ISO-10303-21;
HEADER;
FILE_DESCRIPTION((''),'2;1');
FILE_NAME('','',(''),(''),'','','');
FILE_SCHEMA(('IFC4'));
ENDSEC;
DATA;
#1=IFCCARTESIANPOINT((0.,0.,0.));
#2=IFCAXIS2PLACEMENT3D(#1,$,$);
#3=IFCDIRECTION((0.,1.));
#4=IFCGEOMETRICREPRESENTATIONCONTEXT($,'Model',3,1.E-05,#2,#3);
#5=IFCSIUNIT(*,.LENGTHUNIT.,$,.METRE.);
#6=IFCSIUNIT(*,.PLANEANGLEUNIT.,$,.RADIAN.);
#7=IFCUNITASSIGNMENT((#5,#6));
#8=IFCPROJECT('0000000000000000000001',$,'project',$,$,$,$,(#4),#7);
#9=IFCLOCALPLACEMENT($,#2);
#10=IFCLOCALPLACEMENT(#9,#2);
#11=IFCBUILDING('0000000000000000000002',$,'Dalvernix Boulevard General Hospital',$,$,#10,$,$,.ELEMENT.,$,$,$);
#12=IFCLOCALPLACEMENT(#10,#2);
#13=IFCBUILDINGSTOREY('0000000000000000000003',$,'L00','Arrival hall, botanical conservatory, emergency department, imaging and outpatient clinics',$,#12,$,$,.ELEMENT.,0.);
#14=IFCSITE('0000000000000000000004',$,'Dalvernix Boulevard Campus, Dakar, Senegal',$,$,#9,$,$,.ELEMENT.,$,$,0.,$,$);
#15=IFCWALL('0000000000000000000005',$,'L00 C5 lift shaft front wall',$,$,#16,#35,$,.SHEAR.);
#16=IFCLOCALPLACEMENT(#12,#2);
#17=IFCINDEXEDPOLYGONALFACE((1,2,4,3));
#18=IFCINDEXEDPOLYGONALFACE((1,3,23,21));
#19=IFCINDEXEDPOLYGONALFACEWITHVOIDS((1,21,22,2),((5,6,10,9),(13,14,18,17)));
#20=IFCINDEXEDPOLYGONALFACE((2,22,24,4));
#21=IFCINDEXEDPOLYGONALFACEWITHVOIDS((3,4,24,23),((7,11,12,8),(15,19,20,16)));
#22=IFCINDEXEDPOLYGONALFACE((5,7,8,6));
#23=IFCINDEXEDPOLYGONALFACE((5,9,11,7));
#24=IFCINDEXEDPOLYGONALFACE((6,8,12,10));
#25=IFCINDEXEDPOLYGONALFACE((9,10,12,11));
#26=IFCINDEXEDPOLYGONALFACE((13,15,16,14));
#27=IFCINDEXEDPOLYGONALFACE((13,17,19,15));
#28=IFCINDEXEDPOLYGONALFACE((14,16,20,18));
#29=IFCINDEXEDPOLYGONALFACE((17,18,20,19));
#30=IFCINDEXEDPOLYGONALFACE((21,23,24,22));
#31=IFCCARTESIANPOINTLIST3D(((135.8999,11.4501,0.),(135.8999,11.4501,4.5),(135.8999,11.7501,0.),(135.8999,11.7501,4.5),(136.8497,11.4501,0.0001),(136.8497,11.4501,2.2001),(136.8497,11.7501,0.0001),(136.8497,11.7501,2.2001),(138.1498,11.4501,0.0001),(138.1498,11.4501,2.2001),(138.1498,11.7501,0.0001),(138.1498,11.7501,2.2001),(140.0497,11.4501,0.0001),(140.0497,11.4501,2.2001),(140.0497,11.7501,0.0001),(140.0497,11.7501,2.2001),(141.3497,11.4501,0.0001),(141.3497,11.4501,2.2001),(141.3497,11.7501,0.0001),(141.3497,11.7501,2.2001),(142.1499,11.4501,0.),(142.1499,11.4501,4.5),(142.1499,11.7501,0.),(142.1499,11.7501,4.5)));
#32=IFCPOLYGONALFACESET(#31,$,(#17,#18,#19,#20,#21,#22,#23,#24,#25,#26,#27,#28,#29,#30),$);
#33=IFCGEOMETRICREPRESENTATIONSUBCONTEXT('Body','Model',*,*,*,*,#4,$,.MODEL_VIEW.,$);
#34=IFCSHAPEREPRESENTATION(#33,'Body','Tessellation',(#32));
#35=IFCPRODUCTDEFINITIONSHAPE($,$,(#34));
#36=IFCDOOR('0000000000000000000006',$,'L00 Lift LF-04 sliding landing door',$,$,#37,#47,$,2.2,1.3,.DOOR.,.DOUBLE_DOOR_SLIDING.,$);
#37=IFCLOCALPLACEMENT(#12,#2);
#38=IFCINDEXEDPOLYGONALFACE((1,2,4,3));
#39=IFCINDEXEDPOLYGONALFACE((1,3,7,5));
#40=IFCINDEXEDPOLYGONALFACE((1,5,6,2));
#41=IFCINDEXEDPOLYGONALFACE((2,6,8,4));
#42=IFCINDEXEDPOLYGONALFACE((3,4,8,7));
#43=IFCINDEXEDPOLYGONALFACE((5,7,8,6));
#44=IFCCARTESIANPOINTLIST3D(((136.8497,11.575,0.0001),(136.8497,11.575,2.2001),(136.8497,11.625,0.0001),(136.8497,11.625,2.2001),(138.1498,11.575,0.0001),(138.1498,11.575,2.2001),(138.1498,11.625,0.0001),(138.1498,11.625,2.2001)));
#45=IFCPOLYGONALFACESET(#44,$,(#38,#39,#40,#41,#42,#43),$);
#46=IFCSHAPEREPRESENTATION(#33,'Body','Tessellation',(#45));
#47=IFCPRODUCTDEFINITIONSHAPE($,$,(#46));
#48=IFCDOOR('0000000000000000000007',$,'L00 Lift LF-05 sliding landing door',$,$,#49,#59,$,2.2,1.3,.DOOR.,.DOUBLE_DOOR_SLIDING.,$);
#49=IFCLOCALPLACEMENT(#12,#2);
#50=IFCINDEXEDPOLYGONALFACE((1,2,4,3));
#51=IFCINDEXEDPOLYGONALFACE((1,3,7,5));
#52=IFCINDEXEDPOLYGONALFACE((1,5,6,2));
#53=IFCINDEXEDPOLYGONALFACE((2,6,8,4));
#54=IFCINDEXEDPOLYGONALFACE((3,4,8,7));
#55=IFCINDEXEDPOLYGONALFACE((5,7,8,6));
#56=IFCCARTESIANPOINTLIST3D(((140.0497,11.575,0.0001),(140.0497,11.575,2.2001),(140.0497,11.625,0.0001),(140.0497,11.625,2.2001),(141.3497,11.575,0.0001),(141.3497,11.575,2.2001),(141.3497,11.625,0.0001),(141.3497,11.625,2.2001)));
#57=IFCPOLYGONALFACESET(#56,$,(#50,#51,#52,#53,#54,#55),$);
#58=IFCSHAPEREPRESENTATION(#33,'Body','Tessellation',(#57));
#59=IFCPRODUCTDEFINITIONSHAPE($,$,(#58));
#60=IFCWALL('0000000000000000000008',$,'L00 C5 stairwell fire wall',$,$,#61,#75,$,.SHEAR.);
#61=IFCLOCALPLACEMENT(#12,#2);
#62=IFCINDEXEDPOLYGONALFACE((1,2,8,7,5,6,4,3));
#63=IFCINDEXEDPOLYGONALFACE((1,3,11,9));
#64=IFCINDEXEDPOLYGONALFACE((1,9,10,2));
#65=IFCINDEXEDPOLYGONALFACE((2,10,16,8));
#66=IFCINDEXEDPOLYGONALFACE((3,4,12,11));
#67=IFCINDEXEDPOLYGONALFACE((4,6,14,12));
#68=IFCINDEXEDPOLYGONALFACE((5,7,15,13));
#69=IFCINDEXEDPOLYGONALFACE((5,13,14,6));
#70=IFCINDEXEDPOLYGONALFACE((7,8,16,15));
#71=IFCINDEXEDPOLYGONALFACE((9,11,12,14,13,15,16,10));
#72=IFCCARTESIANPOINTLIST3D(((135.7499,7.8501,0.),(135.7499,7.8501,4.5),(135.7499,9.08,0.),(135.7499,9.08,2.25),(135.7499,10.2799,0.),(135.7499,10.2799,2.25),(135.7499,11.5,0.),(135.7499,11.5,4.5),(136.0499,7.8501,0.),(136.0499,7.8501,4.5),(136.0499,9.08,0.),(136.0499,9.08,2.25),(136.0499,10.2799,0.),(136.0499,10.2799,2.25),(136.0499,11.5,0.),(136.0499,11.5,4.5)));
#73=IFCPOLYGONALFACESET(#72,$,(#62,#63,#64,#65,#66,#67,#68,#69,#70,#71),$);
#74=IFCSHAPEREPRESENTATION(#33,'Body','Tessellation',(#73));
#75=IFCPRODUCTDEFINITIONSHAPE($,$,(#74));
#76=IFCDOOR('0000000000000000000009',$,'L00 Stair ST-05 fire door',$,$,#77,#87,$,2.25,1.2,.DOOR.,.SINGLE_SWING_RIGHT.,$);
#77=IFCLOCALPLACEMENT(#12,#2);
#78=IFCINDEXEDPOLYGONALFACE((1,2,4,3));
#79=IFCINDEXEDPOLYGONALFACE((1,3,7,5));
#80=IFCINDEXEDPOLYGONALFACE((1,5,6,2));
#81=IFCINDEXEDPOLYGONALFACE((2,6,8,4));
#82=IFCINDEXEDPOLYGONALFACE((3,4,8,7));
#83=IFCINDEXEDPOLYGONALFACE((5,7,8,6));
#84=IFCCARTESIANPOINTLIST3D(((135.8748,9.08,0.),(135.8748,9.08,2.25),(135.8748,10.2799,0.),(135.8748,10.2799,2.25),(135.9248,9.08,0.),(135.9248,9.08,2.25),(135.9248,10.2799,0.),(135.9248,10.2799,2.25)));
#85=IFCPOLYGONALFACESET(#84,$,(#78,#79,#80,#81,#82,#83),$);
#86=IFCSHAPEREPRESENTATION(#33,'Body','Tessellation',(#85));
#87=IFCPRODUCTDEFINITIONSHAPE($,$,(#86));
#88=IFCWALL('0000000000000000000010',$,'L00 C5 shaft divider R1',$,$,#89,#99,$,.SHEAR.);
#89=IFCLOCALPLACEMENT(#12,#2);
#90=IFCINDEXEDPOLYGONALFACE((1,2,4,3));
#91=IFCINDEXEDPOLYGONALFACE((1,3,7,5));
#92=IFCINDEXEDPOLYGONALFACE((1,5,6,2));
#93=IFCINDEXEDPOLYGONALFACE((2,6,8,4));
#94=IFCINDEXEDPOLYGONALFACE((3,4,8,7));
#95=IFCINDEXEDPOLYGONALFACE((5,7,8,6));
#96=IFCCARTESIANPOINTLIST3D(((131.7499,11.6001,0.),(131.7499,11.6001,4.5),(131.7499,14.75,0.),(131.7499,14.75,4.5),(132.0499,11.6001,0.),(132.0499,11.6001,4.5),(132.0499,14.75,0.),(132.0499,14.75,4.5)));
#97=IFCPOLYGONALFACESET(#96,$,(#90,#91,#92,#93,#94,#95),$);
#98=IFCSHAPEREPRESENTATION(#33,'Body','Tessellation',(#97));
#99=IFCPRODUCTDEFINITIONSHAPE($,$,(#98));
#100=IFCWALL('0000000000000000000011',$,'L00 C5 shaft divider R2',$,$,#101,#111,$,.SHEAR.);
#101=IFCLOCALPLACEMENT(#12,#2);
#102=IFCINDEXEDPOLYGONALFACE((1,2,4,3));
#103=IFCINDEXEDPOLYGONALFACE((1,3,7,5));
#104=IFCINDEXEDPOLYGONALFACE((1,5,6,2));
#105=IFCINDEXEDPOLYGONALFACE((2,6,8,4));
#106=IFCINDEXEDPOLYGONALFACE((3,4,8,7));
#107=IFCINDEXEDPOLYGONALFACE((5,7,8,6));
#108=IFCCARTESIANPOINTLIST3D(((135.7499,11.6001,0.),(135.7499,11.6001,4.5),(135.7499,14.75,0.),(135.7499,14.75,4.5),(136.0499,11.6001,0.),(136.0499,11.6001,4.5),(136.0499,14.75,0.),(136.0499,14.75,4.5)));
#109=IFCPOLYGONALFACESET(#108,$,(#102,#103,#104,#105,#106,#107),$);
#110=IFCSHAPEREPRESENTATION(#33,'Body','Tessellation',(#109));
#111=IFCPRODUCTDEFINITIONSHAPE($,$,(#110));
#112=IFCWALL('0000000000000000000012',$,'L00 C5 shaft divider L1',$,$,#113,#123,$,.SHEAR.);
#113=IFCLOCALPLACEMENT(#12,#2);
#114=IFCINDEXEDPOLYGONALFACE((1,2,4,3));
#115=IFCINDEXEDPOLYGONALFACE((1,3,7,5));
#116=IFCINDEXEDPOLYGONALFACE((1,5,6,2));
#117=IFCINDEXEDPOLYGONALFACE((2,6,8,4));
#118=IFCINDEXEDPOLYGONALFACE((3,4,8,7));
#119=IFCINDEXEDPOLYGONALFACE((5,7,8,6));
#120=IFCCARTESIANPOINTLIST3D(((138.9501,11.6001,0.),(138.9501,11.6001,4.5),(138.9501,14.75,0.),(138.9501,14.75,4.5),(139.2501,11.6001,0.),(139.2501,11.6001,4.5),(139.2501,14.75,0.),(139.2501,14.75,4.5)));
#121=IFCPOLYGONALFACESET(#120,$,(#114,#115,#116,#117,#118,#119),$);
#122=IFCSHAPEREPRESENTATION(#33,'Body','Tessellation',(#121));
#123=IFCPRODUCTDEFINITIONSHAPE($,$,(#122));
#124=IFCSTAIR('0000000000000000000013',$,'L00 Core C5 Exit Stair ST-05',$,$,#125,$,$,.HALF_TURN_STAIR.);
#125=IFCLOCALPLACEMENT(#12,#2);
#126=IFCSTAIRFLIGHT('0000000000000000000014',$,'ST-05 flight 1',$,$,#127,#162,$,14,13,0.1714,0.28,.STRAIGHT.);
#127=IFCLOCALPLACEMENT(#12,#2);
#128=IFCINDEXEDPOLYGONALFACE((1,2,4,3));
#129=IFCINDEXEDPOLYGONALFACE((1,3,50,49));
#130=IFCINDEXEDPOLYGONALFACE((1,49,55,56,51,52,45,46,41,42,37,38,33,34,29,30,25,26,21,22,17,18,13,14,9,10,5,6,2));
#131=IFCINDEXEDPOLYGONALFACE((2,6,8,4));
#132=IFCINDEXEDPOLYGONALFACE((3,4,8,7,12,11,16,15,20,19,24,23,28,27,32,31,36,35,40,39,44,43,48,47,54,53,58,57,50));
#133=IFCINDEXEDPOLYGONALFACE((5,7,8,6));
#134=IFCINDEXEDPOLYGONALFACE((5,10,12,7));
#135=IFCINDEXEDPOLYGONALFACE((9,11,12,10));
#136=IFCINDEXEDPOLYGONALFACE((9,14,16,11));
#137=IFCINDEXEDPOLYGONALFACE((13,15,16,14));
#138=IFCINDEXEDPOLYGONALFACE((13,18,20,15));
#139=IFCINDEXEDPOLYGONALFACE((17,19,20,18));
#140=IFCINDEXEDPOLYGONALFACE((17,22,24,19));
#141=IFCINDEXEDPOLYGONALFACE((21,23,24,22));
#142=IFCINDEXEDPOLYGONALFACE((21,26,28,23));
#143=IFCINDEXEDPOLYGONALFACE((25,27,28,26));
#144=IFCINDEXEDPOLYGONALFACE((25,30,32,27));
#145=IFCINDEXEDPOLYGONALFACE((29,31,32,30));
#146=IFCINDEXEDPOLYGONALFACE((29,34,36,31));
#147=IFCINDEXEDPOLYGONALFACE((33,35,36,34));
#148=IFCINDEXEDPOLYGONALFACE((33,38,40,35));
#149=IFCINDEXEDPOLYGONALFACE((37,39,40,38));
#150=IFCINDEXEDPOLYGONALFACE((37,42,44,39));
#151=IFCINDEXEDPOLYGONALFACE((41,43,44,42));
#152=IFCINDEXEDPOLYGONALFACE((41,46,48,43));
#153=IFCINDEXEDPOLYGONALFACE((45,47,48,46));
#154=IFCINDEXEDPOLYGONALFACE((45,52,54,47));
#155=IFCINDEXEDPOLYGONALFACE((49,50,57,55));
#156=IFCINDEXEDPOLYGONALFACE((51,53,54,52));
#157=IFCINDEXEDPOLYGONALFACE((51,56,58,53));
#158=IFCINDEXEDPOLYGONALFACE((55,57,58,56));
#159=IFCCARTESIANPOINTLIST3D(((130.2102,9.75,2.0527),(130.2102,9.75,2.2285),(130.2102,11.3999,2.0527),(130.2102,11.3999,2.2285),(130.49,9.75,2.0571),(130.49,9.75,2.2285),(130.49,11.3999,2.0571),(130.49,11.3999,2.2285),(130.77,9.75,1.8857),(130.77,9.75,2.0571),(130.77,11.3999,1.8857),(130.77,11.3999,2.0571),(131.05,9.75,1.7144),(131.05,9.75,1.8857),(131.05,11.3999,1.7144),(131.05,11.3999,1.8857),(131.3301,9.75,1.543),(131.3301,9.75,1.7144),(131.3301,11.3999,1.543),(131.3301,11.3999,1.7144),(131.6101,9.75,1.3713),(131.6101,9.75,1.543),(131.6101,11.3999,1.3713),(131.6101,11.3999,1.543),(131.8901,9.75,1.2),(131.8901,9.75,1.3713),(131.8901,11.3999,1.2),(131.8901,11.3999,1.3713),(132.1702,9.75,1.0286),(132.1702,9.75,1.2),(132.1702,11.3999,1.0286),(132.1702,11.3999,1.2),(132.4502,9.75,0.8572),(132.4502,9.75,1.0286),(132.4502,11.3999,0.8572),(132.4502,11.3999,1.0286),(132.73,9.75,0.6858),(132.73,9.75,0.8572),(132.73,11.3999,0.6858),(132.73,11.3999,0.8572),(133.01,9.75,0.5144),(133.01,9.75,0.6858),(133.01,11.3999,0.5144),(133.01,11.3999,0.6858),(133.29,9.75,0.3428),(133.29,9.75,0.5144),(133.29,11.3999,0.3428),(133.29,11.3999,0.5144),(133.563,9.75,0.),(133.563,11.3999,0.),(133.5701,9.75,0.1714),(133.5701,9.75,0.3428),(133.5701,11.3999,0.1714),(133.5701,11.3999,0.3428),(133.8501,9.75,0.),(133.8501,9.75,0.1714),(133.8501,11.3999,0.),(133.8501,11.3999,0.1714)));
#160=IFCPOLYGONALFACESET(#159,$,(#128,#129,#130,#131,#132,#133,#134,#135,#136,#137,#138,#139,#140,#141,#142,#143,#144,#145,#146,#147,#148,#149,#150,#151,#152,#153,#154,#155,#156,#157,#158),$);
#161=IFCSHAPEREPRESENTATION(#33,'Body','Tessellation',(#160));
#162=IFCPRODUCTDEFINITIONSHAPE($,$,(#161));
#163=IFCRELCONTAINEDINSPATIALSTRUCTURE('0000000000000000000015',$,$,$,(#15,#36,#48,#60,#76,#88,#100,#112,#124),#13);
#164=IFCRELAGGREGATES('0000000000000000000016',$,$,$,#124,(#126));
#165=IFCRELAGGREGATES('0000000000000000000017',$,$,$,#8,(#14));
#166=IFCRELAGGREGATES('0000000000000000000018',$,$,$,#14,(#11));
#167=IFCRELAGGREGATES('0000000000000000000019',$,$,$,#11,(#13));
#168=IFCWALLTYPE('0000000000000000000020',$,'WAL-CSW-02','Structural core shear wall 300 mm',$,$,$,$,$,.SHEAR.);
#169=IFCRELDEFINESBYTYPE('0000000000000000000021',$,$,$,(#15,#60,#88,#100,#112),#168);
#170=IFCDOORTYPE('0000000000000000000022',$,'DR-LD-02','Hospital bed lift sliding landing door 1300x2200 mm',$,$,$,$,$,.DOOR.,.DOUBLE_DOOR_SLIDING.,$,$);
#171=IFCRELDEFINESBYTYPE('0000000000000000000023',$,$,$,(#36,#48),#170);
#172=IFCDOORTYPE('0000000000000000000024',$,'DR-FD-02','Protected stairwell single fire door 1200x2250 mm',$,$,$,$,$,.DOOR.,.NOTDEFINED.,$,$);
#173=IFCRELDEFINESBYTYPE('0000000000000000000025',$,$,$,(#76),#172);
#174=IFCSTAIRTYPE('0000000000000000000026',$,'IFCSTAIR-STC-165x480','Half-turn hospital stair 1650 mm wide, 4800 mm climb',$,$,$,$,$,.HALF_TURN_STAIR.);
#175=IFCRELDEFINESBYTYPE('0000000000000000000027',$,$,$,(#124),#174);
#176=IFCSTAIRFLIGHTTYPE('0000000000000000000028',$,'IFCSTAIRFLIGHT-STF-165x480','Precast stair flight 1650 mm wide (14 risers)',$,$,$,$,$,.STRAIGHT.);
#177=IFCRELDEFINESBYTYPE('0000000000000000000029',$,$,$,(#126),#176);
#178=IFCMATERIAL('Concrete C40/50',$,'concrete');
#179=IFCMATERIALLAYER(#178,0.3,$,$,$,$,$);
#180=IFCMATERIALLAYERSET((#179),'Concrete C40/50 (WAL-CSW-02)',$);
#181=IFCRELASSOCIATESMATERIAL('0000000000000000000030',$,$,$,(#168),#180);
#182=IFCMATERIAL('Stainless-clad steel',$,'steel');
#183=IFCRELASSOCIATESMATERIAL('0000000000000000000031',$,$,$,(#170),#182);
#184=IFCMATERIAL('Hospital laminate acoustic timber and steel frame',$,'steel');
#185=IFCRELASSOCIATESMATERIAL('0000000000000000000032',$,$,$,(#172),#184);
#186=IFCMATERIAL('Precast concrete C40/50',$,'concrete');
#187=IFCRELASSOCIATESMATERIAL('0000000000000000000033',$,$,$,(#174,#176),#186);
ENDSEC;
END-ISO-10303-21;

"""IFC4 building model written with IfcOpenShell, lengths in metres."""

from ifc_helpers import new_model, si_unit, direction, frame, frame_2d, origin, place, context, subcontext, project, spatial, polyline, rectangle, outline, extrude, material, layer, layer_set, type_object, element, fill, aggregate, save


model = new_model("IFC4")

# Units and contexts
model_context = context("Model", 3, precision=1e-05, world=origin(), true_north=direction((0.0, 1.0)))
body_context = subcontext(model_context, "Body", "Model", "MODEL_VIEW")
ifc_project = project(units=[si_unit("LENGTHUNIT", "METRE"), si_unit("PLANEANGLEUNIT", "RADIAN")], contexts=[model_context])

# Site, building, storey
site_placement = place(None, origin())
site = spatial("IfcSite", under=ifc_project, at=site_placement, Name="Dalvernix Boulevard Campus, Dakar, Senegal", CompositionType="ELEMENT", RefElevation=0.0)
building_placement = place(site_placement, origin())
building = spatial("IfcBuilding", under=site, at=building_placement, Name="Dalvernix Boulevard General Hospital", CompositionType="ELEMENT")
storey_placement = place(building_placement, origin())
storey = spatial("IfcBuildingStorey", under=building, at=storey_placement, Name="L00", Description="Arrival hall, botanical conservatory, emergency department, imaging and outpatient clinics", CompositionType="ELEMENT", Elevation=0.0)

# Shared definitions
ifc_material_1 = material(Name="Concrete C40/50", Category="concrete")

# Wall, openings, doors
ifc_layer_1 = layer(ifc_material_1, 0.3)
ifc_layer_set_1 = layer_set([ifc_layer_1], Name="Concrete C40/50 (WAL-CSW-02)")
wall_type_1 = type_object("IfcWallType", Name="WAL-CSW-02", Description="Structural core shear wall 300 mm", PredefinedType="SHEAR", material=ifc_layer_set_1)
wall_1_placement = place(storey_placement, frame((135.8999, 11.6001, 0.0), z_axis=(0.0, 0.0, 1.0), x_axis=(1.0, 0.0, 0.0)))
wall_1 = element("IfcWall", 1, at=wall_1_placement, inside=storey, type_object=wall_type_1, Name="L00 C5 lift shaft front wall", PredefinedType="SHEAR", context=body_context, shape_type="SweptSolid", body=[
    extrude(rectangle(XDim=6.25, YDim=0.3, at=frame_2d((3.125, 0.0))), origin(), (0.0, 0.0, 1.0), 4.5),
])
opening_1_placement = place(wall_1_placement, frame((0.95, 0.0, 0.0)))
opening_1 = element("IfcOpeningElement", 2, at=opening_1_placement, cuts=wall_1, PredefinedType="OPENING", context=body_context, shape_type="SweptSolid", body=[
    extrude(rectangle(XDim=1.3, YDim=2.2, at=frame_2d((0.6499, 1.1001))), frame((0.0, 0.1599, 0.0), z_axis=(0.0, -1.0, 0.0), x_axis=(1.0, 0.0, 0.0)), (0.0, 0.0, 1.0), 0.3201),
])
opening_2_placement = place(wall_1_placement, frame((4.1499, 0.0, 0.0)))
opening_2 = element("IfcOpeningElement", 3, at=opening_2_placement, cuts=wall_1, PredefinedType="OPENING", context=body_context, shape_type="SweptSolid", body=[
    extrude(rectangle(XDim=1.3, YDim=2.2, at=frame_2d((0.6499, 1.1001))), frame((0.0, 0.1599, 0.0), z_axis=(0.0, -1.0, 0.0), x_axis=(1.0, 0.0, 0.0)), (0.0, 0.0, 1.0), 0.3201),
])
ifc_material_2 = material(Name="Stainless-clad steel", Category="steel")
door_type_1 = type_object("IfcDoorType", Name="DR-LD-02", Description="Hospital bed lift sliding landing door 1300x2200 mm", OperationType="DOUBLE_DOOR_SLIDING", PredefinedType="DOOR", material=ifc_material_2)
door_1_placement = place(opening_1_placement, origin())
door_1 = element("IfcDoor", 4, at=door_1_placement, inside=storey, type_object=door_type_1, Name="L00 Lift LF-04 sliding landing door", OperationType="DOUBLE_DOOR_SLIDING", OverallHeight=2.2, OverallWidth=1.3, PredefinedType="DOOR", context=body_context, shape_type="SweptSolid", body=[
    extrude(rectangle(XDim=1.3, YDim=2.2, at=frame_2d((0.6499, 1.1001))), frame((0.0, 0.0249, 0.0), z_axis=(0.0, -1.0, 0.0), x_axis=(1.0, 0.0, 0.0)), (0.0, 0.0, 1.0), 0.05),
])
fill(opening_1, door_1)
door_2_placement = place(opening_2_placement, origin())
door_2 = element("IfcDoor", 5, at=door_2_placement, inside=storey, type_object=door_type_1, Name="L00 Lift LF-05 sliding landing door", OperationType="DOUBLE_DOOR_SLIDING", OverallHeight=2.2, OverallWidth=1.3, PredefinedType="DOOR", context=body_context, shape_type="SweptSolid", body=[
    extrude(rectangle(XDim=1.3, YDim=2.2, at=frame_2d((0.6499, 1.1001))), frame((0.0, 0.0249, 0.0), z_axis=(0.0, -1.0, 0.0), x_axis=(1.0, 0.0, 0.0)), (0.0, 0.0, 1.0), 0.05),
])
fill(opening_2, door_2)

# Wall, opening, door
wall_2_placement = place(storey_placement, frame((135.8999, 11.5, 0.0), z_axis=(0.0, 0.0, 1.0), x_axis=(0.0, -1.0, 0.0)))
wall_2 = element("IfcWall", 6, at=wall_2_placement, inside=storey, type_object=wall_type_1, Name="L00 C5 stairwell fire wall", PredefinedType="SHEAR", context=body_context, shape_type="SweptSolid", body=[
    extrude(rectangle(XDim=3.6499, YDim=0.3, at=frame_2d((1.825, 0.0))), origin(), (0.0, 0.0, 1.0), 4.5),
])
opening_3_placement = place(wall_2_placement, frame((1.22, 0.0, 0.0)))
opening_3 = element("IfcOpeningElement", 7, at=opening_3_placement, cuts=wall_2, PredefinedType="OPENING", context=body_context, shape_type="SweptSolid", body=[
    extrude(rectangle(XDim=1.2, YDim=2.25, at=frame_2d((0.6001, 1.125))), frame((0.0, 0.1599, 0.0), z_axis=(0.0, -1.0, 0.0), x_axis=(1.0, 0.0, 0.0)), (0.0, 0.0, 1.0), 0.3201),
])
ifc_material_3 = material(Name="Hospital laminate acoustic timber and steel frame", Category="steel")
door_type_2 = type_object("IfcDoorType", Name="DR-FD-02", Description="Protected stairwell single fire door 1200x2250 mm", OperationType="NOTDEFINED", PredefinedType="DOOR", material=ifc_material_3)
door_3_placement = place(opening_3_placement, origin())
door_3 = element("IfcDoor", 8, at=door_3_placement, inside=storey, type_object=door_type_2, Name="L00 Stair ST-05 fire door", OperationType="SINGLE_SWING_RIGHT", OverallHeight=2.25, OverallWidth=1.2, PredefinedType="DOOR", context=body_context, shape_type="SweptSolid", body=[
    extrude(rectangle(XDim=1.2, YDim=2.25, at=frame_2d((0.6001, 1.125))), frame((0.0, 0.0249, 0.0), z_axis=(0.0, -1.0, 0.0), x_axis=(1.0, 0.0, 0.0)), (0.0, 0.0, 1.0), 0.05),
])
fill(opening_3, door_3)

# Walls
for number, where, z_axis, x_axis, name in (
    (9, (131.8999, 11.6001, 0.0), (0.0, 0.0, 1.0), (0.0, 1.0, 0.0), "L00 C5 shaft divider R1"),
    (10, (135.8999, 11.6001, 0.0), (0.0, 0.0, 1.0), (0.0, 1.0, 0.0), "L00 C5 shaft divider R2"),
    (11, (139.1001, 11.6001, 0.0), (0.0, 0.0, 1.0), (0.0, 1.0, 0.0), "L00 C5 shaft divider L1"),
):
    element("IfcWall", number, at=place(storey_placement, frame(where, z_axis=z_axis, x_axis=x_axis)), inside=storey, type_object=wall_type_1, Name=name, PredefinedType="SHEAR", context=body_context, shape_type="SweptSolid", body=[
        extrude(rectangle(XDim=3.1499, YDim=0.3, at=frame_2d((1.575, 0.0))), origin(), (0.0, 0.0, 1.0), 4.5),
    ])

# Stair, stair flight
ifc_material_4 = material(Name="Precast concrete C40/50", Category="concrete")
stair_type = type_object("IfcStairType", Name="IFCSTAIR-STC-165x480", Description="Half-turn hospital stair 1650 mm wide, 4800 mm climb", PredefinedType="HALF_TURN_STAIR", material=ifc_material_4)
stair_placement = place(storey_placement, origin())
stair = element("IfcStair", 12, at=stair_placement, inside=storey, type_object=stair_type, Name="L00 Core C5 Exit Stair ST-05", PredefinedType="HALF_TURN_STAIR")
stair_flight_type = type_object("IfcStairFlightType", Name="IFCSTAIRFLIGHT-STF-165x480", Description="Precast stair flight 1650 mm wide (14 risers)", PredefinedType="STRAIGHT", material=ifc_material_4)
stair_flight_placement = place(storey_placement, frame((133.8501, 10.575, 0.0), z_axis=(0.0, 0.0, 1.0), x_axis=(-1.0, 0.0, 0.0)))
stair_flight = element("IfcStairFlight", 13, at=stair_flight_placement, type_object=stair_flight_type, Name="ST-05 flight 1", NumberOfRisers=14, NumberOfTreads=13, PredefinedType="STRAIGHT", RiserHeight=0.1714, TreadLength=0.28, context=body_context, shape_type="SweptSolid", body=[
    extrude(outline(polyline([(0.0, 0.0), (0.0, 0.1714), (0.28, 0.1714), (0.28, 0.3428), (0.5601, 0.3428), (0.5601, 0.5144), (0.8401, 0.5144), (0.8401, 0.6858), (1.1201, 0.6858), (1.1201, 0.8572), (1.3999, 0.8572), (1.3999, 1.0286), (1.6799, 1.0286), (1.6799, 1.2), (1.96, 1.2), (1.96, 1.3713), (2.24, 1.3713), (2.24, 1.543), (2.52, 1.543), (2.52, 1.7144), (2.8, 1.7144), (2.8, 1.8857), (3.0801, 1.8857), (3.0801, 2.0571), (3.3601, 2.0571), (3.3601, 2.2285), (3.6399, 2.2285), (3.6399, 2.3999), (3.6399, 2.0527), (0.2871, 0.0), (0.0, 0.0)])), frame((0.0, 0.825, 0.0), z_axis=(0.0, -1.0, 0.0), x_axis=(1.0, 0.0, 0.0)), (0.0, 0.0, 1.0), 1.6499),
])
aggregate(stair, [stair_flight])

save(model, "model.ifc")
